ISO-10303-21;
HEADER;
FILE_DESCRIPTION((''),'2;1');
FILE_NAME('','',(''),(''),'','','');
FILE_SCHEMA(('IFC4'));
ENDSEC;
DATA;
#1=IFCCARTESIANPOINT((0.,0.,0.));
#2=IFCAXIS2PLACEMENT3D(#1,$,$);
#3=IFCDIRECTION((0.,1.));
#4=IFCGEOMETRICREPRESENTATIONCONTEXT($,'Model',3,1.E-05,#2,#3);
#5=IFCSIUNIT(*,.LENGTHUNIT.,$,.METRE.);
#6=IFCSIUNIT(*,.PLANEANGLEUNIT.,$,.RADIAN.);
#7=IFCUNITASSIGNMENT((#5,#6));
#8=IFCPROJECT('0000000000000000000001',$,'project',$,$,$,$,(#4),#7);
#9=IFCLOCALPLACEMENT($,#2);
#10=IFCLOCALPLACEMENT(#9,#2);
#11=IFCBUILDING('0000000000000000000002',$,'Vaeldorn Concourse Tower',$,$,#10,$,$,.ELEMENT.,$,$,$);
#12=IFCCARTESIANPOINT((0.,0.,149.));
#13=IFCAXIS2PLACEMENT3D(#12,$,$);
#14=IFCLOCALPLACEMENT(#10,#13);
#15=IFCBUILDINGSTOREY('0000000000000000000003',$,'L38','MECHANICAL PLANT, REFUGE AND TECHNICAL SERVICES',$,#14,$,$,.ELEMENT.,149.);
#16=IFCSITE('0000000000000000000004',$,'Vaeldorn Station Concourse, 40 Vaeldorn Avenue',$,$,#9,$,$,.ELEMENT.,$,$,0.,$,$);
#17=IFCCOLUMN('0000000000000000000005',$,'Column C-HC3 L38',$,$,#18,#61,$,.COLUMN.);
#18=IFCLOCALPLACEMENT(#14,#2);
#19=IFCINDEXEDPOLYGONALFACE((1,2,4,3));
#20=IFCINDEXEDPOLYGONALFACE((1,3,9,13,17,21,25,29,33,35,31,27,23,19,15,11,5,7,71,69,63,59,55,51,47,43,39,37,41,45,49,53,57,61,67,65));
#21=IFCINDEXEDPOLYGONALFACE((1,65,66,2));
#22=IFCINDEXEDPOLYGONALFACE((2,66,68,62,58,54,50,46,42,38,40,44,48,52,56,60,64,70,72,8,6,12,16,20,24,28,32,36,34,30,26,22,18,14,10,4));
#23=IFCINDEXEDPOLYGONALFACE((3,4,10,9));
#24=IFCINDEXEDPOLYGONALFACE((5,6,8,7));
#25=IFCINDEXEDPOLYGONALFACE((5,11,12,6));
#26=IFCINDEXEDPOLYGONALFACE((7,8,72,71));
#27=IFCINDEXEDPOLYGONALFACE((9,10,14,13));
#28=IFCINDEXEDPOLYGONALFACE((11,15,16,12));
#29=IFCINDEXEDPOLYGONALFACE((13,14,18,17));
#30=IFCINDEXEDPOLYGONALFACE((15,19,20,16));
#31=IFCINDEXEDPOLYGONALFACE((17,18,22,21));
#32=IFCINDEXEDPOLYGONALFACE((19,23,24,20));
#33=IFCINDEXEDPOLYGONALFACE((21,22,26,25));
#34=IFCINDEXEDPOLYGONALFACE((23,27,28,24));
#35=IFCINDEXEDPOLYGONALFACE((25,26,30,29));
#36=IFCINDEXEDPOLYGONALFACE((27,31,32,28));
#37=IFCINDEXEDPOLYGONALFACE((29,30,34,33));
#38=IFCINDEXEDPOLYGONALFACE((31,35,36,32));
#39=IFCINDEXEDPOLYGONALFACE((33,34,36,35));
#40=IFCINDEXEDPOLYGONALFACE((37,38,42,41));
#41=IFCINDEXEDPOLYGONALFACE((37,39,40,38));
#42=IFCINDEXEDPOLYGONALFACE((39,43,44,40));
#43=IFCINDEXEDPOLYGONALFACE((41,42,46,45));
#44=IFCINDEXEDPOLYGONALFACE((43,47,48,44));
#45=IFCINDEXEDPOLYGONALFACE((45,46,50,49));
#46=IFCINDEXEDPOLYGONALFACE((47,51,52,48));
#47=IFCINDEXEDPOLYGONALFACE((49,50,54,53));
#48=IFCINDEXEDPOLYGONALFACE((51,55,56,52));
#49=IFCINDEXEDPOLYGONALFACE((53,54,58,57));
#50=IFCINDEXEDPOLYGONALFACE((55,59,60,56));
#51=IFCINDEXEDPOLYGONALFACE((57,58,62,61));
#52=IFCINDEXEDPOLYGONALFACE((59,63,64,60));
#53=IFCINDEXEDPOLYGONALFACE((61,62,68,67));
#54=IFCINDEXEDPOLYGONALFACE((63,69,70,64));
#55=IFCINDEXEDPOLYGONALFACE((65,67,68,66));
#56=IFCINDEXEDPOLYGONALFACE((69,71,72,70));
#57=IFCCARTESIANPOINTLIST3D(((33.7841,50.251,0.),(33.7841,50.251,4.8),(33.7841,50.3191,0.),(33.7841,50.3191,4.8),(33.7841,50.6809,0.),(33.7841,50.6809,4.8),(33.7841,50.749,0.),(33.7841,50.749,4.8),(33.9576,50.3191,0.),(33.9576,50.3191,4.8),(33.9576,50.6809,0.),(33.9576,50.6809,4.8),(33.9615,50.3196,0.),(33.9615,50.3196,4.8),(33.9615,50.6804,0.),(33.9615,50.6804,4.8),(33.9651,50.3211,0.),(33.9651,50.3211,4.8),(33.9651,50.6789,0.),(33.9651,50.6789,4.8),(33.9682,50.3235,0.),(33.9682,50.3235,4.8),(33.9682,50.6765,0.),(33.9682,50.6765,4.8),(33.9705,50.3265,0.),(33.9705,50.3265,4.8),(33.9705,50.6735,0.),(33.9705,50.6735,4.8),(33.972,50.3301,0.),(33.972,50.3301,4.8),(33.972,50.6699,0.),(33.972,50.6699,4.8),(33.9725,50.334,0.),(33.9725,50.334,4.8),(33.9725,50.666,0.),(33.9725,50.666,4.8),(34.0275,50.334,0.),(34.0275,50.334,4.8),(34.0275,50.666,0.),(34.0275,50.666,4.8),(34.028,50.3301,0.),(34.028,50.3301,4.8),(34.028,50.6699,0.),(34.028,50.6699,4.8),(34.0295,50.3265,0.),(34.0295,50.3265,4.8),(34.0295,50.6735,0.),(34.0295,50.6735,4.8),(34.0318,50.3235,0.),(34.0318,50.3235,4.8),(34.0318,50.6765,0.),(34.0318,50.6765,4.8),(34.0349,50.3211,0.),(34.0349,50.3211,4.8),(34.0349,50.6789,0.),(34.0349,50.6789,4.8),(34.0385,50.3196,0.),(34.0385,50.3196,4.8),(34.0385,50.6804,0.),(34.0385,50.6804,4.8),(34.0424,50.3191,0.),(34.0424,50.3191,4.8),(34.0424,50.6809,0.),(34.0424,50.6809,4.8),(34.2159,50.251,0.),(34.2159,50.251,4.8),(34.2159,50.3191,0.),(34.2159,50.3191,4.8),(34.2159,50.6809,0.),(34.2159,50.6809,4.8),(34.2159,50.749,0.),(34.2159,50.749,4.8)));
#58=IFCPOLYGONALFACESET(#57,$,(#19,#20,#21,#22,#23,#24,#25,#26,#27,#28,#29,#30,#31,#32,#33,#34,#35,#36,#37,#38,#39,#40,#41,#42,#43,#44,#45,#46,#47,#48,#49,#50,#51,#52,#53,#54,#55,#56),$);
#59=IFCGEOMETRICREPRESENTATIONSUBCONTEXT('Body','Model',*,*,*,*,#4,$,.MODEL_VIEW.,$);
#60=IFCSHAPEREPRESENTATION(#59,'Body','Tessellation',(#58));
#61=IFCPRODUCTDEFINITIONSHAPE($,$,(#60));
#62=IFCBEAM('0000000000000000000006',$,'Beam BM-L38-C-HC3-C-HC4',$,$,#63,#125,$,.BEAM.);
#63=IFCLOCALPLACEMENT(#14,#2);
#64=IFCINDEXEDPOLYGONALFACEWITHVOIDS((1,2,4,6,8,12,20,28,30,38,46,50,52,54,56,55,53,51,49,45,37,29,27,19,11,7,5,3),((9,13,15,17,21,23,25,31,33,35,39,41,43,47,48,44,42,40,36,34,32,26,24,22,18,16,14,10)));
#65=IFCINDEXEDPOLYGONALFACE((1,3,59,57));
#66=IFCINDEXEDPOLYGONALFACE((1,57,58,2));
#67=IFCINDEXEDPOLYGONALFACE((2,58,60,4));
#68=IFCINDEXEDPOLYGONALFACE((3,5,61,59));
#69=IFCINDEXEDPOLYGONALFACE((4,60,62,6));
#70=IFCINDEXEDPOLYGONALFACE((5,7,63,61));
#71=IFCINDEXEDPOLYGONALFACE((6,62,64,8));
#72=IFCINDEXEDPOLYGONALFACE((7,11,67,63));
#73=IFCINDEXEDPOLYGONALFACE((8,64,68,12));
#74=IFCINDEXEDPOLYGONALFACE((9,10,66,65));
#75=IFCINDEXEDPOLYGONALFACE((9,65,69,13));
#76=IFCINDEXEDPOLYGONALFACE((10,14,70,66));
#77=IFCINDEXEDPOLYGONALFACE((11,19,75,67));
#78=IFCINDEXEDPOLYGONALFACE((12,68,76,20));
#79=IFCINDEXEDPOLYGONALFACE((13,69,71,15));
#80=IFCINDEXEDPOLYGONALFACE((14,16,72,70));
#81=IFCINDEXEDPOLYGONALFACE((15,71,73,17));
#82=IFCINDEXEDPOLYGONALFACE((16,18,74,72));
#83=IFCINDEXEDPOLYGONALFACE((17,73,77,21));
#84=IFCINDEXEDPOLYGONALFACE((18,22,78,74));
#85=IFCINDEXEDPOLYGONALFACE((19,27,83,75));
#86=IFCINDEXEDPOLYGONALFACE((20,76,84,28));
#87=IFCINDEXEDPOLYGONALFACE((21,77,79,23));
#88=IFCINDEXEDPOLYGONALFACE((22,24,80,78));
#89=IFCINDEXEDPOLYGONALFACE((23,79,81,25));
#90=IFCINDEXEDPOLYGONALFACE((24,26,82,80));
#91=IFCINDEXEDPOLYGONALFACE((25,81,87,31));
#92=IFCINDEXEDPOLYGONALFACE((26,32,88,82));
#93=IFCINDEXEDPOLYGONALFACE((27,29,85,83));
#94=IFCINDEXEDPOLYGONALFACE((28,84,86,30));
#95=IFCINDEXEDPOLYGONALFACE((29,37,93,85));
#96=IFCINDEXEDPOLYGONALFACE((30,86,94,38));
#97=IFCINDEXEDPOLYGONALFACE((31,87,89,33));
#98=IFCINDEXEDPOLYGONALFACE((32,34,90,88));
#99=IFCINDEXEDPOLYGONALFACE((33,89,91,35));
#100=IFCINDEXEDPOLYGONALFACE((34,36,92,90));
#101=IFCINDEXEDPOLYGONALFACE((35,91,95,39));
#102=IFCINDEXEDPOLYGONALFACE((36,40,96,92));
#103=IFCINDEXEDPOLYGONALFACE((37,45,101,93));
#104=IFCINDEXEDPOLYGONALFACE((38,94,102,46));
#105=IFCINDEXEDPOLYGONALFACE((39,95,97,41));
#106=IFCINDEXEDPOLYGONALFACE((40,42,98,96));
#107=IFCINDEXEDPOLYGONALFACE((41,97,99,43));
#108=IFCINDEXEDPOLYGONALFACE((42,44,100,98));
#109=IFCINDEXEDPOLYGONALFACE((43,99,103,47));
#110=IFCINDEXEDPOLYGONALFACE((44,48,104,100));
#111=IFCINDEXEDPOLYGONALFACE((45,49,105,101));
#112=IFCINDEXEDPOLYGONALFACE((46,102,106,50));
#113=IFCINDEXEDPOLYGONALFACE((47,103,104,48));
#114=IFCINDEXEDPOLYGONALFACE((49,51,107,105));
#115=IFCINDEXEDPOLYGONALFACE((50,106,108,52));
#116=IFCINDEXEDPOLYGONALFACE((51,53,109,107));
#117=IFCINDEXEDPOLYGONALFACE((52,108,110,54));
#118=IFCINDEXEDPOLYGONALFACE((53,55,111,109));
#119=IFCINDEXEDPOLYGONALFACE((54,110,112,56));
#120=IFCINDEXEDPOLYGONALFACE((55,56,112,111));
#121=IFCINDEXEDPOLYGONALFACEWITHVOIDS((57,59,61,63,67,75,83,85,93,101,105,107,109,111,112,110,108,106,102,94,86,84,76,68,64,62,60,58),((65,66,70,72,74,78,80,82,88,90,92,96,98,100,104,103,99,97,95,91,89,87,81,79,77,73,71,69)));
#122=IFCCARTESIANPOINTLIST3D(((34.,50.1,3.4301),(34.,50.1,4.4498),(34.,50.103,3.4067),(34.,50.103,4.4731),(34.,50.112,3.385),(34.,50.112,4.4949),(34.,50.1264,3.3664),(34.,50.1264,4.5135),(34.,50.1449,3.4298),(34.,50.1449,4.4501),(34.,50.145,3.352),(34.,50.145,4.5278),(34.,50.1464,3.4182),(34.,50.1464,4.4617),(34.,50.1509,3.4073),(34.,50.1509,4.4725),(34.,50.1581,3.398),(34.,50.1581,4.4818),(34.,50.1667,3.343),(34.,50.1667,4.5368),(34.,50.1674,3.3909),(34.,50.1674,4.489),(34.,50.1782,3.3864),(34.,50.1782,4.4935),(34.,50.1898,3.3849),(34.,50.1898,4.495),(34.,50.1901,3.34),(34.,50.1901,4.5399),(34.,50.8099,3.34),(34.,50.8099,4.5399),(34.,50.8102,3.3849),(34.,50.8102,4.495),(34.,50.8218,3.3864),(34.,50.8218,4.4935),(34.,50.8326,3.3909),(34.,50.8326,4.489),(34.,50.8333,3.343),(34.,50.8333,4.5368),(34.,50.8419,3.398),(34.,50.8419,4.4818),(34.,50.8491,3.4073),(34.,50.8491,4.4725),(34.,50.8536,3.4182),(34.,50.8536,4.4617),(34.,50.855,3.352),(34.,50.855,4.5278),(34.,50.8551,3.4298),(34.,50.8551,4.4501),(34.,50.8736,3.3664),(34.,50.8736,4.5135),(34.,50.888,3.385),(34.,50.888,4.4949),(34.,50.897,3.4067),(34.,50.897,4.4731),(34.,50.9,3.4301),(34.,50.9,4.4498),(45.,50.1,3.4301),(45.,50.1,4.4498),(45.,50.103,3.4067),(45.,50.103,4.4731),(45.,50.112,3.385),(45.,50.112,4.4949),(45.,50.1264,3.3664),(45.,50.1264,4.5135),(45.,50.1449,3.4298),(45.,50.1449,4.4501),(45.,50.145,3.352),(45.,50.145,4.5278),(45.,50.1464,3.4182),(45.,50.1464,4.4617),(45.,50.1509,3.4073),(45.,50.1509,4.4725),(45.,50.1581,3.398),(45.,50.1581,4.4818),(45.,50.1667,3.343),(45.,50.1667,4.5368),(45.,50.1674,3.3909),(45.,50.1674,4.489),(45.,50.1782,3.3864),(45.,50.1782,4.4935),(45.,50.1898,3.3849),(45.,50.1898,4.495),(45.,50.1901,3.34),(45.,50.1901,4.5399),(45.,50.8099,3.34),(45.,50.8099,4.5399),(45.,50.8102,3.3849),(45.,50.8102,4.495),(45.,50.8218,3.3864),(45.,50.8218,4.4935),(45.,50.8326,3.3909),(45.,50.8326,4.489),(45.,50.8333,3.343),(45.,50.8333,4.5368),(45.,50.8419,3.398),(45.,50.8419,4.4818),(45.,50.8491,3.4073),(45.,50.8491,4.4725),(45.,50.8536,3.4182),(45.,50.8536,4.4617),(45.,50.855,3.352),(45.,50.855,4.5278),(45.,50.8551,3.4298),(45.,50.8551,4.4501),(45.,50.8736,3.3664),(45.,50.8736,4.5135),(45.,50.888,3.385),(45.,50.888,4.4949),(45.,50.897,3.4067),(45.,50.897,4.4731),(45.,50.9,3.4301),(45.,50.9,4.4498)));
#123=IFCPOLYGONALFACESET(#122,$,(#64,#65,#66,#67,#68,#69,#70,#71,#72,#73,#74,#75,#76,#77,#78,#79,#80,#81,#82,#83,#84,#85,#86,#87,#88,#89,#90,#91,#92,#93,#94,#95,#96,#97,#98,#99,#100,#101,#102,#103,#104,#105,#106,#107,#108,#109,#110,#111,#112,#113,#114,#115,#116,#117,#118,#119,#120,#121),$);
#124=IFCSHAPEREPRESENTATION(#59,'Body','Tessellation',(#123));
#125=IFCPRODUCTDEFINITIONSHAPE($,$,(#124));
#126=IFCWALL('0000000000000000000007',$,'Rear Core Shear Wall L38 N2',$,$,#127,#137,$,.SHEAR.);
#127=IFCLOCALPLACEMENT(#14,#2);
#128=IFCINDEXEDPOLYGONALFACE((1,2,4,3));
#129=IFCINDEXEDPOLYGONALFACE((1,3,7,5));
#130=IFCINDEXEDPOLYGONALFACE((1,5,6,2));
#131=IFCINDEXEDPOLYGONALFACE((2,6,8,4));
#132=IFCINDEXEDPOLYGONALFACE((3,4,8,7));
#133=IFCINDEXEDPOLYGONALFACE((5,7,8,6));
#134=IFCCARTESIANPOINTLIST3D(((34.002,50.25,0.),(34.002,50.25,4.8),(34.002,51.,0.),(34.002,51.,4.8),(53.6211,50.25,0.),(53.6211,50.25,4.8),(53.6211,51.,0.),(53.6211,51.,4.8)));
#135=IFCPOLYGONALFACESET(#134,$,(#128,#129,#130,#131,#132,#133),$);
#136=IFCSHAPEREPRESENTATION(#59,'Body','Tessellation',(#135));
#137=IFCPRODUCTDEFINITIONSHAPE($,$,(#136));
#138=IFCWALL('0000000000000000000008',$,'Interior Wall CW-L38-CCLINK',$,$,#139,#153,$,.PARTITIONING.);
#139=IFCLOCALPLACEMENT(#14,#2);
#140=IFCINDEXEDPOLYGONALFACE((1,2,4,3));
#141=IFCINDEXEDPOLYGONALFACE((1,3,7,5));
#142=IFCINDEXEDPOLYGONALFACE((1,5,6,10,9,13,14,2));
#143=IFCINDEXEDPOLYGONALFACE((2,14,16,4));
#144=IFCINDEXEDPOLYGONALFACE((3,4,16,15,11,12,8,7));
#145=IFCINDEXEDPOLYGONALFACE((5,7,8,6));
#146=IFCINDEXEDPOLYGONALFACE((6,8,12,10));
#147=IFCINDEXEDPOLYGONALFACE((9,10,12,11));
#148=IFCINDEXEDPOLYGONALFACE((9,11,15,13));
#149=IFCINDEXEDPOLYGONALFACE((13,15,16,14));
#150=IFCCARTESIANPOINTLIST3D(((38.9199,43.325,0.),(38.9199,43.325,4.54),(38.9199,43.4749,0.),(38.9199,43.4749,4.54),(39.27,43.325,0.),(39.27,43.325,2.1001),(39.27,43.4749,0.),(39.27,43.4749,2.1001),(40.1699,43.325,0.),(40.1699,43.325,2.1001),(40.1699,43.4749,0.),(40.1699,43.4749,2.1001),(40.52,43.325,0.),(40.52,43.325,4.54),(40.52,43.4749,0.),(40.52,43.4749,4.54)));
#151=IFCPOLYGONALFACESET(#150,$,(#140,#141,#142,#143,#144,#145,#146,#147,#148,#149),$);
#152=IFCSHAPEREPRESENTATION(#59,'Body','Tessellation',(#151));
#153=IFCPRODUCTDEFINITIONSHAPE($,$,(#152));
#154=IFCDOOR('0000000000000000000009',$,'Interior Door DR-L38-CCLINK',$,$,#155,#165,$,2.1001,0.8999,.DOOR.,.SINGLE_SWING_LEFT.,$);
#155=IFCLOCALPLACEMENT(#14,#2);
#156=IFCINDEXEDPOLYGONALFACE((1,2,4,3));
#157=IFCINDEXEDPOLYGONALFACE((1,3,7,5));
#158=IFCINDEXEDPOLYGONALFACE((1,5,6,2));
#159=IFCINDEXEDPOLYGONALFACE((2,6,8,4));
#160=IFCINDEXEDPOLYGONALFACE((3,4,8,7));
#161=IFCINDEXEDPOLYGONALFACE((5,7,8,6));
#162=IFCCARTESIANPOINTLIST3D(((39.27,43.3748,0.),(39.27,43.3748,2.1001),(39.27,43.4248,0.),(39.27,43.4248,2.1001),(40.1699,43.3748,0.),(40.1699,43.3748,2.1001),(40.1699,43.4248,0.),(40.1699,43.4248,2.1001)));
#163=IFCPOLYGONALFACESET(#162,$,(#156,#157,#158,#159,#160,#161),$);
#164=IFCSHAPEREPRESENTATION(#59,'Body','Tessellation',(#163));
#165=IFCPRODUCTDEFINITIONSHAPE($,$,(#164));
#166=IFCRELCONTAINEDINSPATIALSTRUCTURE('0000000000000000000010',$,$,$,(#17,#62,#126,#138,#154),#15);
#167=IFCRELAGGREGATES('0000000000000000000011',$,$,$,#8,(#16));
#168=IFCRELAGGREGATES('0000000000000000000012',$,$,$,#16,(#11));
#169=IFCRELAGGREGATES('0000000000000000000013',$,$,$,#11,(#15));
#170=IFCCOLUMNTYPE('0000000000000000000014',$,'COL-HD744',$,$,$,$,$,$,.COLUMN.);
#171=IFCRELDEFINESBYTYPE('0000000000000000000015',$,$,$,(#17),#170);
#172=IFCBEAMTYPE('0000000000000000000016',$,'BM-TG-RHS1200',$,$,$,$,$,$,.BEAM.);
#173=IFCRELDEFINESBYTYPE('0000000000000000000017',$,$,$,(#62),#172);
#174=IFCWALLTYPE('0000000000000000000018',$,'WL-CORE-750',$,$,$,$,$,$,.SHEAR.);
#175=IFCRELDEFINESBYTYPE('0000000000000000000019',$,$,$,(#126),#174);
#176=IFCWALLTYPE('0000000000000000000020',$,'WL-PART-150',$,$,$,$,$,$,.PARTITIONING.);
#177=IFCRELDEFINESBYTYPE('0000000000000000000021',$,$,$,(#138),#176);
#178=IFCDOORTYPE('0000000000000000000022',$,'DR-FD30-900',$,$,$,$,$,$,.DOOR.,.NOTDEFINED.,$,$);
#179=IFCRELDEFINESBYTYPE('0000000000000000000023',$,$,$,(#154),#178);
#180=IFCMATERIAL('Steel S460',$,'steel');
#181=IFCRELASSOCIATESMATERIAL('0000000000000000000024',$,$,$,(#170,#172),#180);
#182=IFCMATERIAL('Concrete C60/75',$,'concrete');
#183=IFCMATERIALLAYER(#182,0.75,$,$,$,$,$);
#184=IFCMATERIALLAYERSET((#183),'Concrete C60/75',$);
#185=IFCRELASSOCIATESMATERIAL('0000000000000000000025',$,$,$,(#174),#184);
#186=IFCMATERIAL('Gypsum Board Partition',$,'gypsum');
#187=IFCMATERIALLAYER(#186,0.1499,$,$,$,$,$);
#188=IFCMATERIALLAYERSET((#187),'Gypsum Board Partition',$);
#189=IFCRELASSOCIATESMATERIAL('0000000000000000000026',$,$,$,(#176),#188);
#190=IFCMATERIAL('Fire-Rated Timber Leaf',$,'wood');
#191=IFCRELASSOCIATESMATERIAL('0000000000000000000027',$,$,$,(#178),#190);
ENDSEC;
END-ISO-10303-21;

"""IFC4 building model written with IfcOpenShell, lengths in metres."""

from ifc_helpers import new_model, si_unit, direction, frame, frame_2d, origin, origin_2d, place, context, subcontext, project, spatial, rectangle, hollow_rectangle, i_section, extrude, source, transform, mapped, material, layer, layer_set, material_profile, profile_set, type_object, element, fill, save


model = new_model("IFC4")

# Units and contexts
model_context = context("Model", 3, precision=1e-05, world=origin(), true_north=direction((0.0, 1.0)))
body_context = subcontext(model_context, "Body", "Model", "MODEL_VIEW")
ifc_project = project(units=[si_unit("LENGTHUNIT", "METRE"), si_unit("PLANEANGLEUNIT", "RADIAN")], contexts=[model_context])

# Site, building, storey
site_placement = place(None, origin())
site = spatial("IfcSite", under=ifc_project, at=site_placement, Name="Vaeldorn Station Concourse, 40 Vaeldorn Avenue", CompositionType="ELEMENT", RefElevation=0.0)
building_placement = place(site_placement, origin())
building = spatial("IfcBuilding", under=site, at=building_placement, Name="Vaeldorn Concourse Tower", CompositionType="ELEMENT")
storey_placement = place(building_placement, frame((0.0, 0.0, 149.0)))
storey = spatial("IfcBuildingStorey", under=building, at=storey_placement, Name="L38", Description="MECHANICAL PLANT, REFUGE AND TECHNICAL SERVICES", CompositionType="ELEMENT", Elevation=149.0)

# Column
ifc_material_1 = material(Name="Steel S460", Category="steel")
ifc_material_profile_1 = material_profile(ifc_material_1, i_section(OverallWidth=0.4319, OverallDepth=0.498, WebThickness=0.0549, FlangeThickness=0.0681, FilletRadius=0.0149, at=origin_2d()), Name="HD 400x744")
ifc_profile_set_1 = profile_set([ifc_material_profile_1], Name="Steel S460")
column_type = type_object("IfcColumnType", Name="COL-HD744", PredefinedType="COLUMN", material=ifc_profile_set_1)
shared_shape_1 = source(origin(), body_context, "Body", "SweptSolid", [
    extrude(i_section(OverallWidth=0.4319, OverallDepth=0.498, WebThickness=0.0549, FlangeThickness=0.0681, FilletRadius=0.0149, at=origin_2d()), origin(), (0.0, 0.0, 1.0), 4.8),
])
column_placement = place(storey_placement, frame((34.0, 50.5, 0.0), z_axis=(0.0, 0.0, 1.0), x_axis=(1.0, 0.0, 0.0)))
element("IfcColumn", 1, at=column_placement, inside=storey, type_object=column_type, Name="Column C-HC3 L38", PredefinedType="COLUMN", context=body_context, shape_type="MappedRepresentation", body=[
    mapped(shared_shape_1, transform((0.0, 0.0, 0.0), scale=1.0)),
])

# Beam
ifc_material_profile_2 = material_profile(ifc_material_1, hollow_rectangle(XDim=0.8, YDim=1.2, WallThickness=0.0449, InnerFilletRadius=0.0449, OuterFilletRadius=0.0901, at=origin_2d()), Name="RHS 1200x800x45")
ifc_profile_set_2 = profile_set([ifc_material_profile_2], Name="Steel S460")
beam_type = type_object("IfcBeamType", Name="BM-TG-RHS1200", PredefinedType="BEAM", material=ifc_profile_set_2)
shared_shape_2 = source(origin(), body_context, "Body", "SweptSolid", [
    extrude(hollow_rectangle(XDim=0.8, YDim=1.2, WallThickness=0.0449, InnerFilletRadius=0.0449, OuterFilletRadius=0.0901, at=origin_2d()), origin(), (0.0, 0.0, 1.0), 11.0),
])
beam_placement = place(storey_placement, frame((34.0, 50.5, 3.9399), z_axis=(1.0, 0.0, 0.0), x_axis=(0.0, 1.0, 0.0)))
element("IfcBeam", 2, at=beam_placement, inside=storey, type_object=beam_type, Name="Beam BM-L38-C-HC3-C-HC4", PredefinedType="BEAM", context=body_context, shape_type="MappedRepresentation", body=[
    mapped(shared_shape_2, transform((0.0, 0.0, 0.0), scale=1.0)),
])

# Wall
ifc_material_2 = material(Name="Concrete C60/75", Category="concrete")
ifc_layer_1 = layer(ifc_material_2, 0.75)
ifc_layer_set_1 = layer_set([ifc_layer_1], Name="Concrete C60/75")
wall_type_1 = type_object("IfcWallType", Name="WL-CORE-750", PredefinedType="SHEAR", material=ifc_layer_set_1)
wall_1_placement = place(storey_placement, frame((34.002, 50.625, 0.0), z_axis=(0.0, 0.0, 1.0), x_axis=(1.0, 0.0, 0.0)))
element("IfcWall", 3, at=wall_1_placement, inside=storey, type_object=wall_type_1, Name="Rear Core Shear Wall L38 N2", PredefinedType="SHEAR", context=body_context, shape_type="SweptSolid", body=[
    extrude(rectangle(XDim=19.6191, YDim=0.75, at=frame_2d((9.8096, 0.0))), origin(), (0.0, 0.0, 1.0), 4.8),
])

# Wall, opening, door
ifc_material_3 = material(Name="Gypsum Board Partition", Category="gypsum")
ifc_layer_2 = layer(ifc_material_3, 0.1499)
ifc_layer_set_2 = layer_set([ifc_layer_2], Name="Gypsum Board Partition")
wall_type_2 = type_object("IfcWallType", Name="WL-PART-150", PredefinedType="PARTITIONING", material=ifc_layer_set_2)
wall_2_placement = place(storey_placement, frame((38.9199, 43.3999, 0.0), z_axis=(0.0, 0.0, 1.0), x_axis=(1.0, 0.0, 0.0)))
wall_2 = element("IfcWall", 4, at=wall_2_placement, inside=storey, type_object=wall_type_2, Name="Interior Wall CW-L38-CCLINK", PredefinedType="PARTITIONING", context=body_context, shape_type="SweptSolid", body=[
    extrude(rectangle(XDim=1.6001, YDim=0.1499, at=frame_2d((0.8, 0.0))), origin(), (0.0, 0.0, 1.0), 4.54),
])
opening_1_placement = place(wall_2_placement, frame((0.3501, 0.0, 0.0)))
opening_1 = element("IfcOpeningElement", 5, at=opening_1_placement, cuts=wall_2, PredefinedType="OPENING", context=body_context, shape_type="SweptSolid", body=[
    extrude(rectangle(XDim=0.8999, YDim=2.1001, at=frame_2d((0.45, 1.05))), frame((0.0, 0.085, 0.0), z_axis=(0.0, -1.0, 0.0), x_axis=(1.0, 0.0, 0.0)), (0.0, 0.0, 1.0), 0.1699),
])
ifc_material_4 = material(Name="Fire-Rated Timber Leaf", Category="wood")
door_type_1 = type_object("IfcDoorType", Name="DR-FD30-900", OperationType="NOTDEFINED", PredefinedType="DOOR", material=ifc_material_4)
shared_shape_3 = source(origin(), body_context, "Body", "SweptSolid", [
    extrude(rectangle(XDim=0.8999, YDim=2.1001, at=frame_2d((0.45, 1.05))), frame((0.0, 0.0249, 0.0), z_axis=(0.0, -1.0, 0.0), x_axis=(1.0, 0.0, 0.0)), (0.0, 0.0, 1.0), 0.05),
])
door_1_placement = place(opening_1_placement, origin())
door_1 = element("IfcDoor", 6, at=door_1_placement, inside=storey, type_object=door_type_1, Name="Interior Door DR-L38-CCLINK", OperationType="SINGLE_SWING_LEFT", OverallHeight=2.1001, OverallWidth=0.8999, PredefinedType="DOOR", context=body_context, shape_type="MappedRepresentation", body=[
    mapped(shared_shape_3, transform((0.0, 0.0, 0.0), scale=1.0)),
])
fill(opening_1, door_1)

save(model, "model.ifc")
